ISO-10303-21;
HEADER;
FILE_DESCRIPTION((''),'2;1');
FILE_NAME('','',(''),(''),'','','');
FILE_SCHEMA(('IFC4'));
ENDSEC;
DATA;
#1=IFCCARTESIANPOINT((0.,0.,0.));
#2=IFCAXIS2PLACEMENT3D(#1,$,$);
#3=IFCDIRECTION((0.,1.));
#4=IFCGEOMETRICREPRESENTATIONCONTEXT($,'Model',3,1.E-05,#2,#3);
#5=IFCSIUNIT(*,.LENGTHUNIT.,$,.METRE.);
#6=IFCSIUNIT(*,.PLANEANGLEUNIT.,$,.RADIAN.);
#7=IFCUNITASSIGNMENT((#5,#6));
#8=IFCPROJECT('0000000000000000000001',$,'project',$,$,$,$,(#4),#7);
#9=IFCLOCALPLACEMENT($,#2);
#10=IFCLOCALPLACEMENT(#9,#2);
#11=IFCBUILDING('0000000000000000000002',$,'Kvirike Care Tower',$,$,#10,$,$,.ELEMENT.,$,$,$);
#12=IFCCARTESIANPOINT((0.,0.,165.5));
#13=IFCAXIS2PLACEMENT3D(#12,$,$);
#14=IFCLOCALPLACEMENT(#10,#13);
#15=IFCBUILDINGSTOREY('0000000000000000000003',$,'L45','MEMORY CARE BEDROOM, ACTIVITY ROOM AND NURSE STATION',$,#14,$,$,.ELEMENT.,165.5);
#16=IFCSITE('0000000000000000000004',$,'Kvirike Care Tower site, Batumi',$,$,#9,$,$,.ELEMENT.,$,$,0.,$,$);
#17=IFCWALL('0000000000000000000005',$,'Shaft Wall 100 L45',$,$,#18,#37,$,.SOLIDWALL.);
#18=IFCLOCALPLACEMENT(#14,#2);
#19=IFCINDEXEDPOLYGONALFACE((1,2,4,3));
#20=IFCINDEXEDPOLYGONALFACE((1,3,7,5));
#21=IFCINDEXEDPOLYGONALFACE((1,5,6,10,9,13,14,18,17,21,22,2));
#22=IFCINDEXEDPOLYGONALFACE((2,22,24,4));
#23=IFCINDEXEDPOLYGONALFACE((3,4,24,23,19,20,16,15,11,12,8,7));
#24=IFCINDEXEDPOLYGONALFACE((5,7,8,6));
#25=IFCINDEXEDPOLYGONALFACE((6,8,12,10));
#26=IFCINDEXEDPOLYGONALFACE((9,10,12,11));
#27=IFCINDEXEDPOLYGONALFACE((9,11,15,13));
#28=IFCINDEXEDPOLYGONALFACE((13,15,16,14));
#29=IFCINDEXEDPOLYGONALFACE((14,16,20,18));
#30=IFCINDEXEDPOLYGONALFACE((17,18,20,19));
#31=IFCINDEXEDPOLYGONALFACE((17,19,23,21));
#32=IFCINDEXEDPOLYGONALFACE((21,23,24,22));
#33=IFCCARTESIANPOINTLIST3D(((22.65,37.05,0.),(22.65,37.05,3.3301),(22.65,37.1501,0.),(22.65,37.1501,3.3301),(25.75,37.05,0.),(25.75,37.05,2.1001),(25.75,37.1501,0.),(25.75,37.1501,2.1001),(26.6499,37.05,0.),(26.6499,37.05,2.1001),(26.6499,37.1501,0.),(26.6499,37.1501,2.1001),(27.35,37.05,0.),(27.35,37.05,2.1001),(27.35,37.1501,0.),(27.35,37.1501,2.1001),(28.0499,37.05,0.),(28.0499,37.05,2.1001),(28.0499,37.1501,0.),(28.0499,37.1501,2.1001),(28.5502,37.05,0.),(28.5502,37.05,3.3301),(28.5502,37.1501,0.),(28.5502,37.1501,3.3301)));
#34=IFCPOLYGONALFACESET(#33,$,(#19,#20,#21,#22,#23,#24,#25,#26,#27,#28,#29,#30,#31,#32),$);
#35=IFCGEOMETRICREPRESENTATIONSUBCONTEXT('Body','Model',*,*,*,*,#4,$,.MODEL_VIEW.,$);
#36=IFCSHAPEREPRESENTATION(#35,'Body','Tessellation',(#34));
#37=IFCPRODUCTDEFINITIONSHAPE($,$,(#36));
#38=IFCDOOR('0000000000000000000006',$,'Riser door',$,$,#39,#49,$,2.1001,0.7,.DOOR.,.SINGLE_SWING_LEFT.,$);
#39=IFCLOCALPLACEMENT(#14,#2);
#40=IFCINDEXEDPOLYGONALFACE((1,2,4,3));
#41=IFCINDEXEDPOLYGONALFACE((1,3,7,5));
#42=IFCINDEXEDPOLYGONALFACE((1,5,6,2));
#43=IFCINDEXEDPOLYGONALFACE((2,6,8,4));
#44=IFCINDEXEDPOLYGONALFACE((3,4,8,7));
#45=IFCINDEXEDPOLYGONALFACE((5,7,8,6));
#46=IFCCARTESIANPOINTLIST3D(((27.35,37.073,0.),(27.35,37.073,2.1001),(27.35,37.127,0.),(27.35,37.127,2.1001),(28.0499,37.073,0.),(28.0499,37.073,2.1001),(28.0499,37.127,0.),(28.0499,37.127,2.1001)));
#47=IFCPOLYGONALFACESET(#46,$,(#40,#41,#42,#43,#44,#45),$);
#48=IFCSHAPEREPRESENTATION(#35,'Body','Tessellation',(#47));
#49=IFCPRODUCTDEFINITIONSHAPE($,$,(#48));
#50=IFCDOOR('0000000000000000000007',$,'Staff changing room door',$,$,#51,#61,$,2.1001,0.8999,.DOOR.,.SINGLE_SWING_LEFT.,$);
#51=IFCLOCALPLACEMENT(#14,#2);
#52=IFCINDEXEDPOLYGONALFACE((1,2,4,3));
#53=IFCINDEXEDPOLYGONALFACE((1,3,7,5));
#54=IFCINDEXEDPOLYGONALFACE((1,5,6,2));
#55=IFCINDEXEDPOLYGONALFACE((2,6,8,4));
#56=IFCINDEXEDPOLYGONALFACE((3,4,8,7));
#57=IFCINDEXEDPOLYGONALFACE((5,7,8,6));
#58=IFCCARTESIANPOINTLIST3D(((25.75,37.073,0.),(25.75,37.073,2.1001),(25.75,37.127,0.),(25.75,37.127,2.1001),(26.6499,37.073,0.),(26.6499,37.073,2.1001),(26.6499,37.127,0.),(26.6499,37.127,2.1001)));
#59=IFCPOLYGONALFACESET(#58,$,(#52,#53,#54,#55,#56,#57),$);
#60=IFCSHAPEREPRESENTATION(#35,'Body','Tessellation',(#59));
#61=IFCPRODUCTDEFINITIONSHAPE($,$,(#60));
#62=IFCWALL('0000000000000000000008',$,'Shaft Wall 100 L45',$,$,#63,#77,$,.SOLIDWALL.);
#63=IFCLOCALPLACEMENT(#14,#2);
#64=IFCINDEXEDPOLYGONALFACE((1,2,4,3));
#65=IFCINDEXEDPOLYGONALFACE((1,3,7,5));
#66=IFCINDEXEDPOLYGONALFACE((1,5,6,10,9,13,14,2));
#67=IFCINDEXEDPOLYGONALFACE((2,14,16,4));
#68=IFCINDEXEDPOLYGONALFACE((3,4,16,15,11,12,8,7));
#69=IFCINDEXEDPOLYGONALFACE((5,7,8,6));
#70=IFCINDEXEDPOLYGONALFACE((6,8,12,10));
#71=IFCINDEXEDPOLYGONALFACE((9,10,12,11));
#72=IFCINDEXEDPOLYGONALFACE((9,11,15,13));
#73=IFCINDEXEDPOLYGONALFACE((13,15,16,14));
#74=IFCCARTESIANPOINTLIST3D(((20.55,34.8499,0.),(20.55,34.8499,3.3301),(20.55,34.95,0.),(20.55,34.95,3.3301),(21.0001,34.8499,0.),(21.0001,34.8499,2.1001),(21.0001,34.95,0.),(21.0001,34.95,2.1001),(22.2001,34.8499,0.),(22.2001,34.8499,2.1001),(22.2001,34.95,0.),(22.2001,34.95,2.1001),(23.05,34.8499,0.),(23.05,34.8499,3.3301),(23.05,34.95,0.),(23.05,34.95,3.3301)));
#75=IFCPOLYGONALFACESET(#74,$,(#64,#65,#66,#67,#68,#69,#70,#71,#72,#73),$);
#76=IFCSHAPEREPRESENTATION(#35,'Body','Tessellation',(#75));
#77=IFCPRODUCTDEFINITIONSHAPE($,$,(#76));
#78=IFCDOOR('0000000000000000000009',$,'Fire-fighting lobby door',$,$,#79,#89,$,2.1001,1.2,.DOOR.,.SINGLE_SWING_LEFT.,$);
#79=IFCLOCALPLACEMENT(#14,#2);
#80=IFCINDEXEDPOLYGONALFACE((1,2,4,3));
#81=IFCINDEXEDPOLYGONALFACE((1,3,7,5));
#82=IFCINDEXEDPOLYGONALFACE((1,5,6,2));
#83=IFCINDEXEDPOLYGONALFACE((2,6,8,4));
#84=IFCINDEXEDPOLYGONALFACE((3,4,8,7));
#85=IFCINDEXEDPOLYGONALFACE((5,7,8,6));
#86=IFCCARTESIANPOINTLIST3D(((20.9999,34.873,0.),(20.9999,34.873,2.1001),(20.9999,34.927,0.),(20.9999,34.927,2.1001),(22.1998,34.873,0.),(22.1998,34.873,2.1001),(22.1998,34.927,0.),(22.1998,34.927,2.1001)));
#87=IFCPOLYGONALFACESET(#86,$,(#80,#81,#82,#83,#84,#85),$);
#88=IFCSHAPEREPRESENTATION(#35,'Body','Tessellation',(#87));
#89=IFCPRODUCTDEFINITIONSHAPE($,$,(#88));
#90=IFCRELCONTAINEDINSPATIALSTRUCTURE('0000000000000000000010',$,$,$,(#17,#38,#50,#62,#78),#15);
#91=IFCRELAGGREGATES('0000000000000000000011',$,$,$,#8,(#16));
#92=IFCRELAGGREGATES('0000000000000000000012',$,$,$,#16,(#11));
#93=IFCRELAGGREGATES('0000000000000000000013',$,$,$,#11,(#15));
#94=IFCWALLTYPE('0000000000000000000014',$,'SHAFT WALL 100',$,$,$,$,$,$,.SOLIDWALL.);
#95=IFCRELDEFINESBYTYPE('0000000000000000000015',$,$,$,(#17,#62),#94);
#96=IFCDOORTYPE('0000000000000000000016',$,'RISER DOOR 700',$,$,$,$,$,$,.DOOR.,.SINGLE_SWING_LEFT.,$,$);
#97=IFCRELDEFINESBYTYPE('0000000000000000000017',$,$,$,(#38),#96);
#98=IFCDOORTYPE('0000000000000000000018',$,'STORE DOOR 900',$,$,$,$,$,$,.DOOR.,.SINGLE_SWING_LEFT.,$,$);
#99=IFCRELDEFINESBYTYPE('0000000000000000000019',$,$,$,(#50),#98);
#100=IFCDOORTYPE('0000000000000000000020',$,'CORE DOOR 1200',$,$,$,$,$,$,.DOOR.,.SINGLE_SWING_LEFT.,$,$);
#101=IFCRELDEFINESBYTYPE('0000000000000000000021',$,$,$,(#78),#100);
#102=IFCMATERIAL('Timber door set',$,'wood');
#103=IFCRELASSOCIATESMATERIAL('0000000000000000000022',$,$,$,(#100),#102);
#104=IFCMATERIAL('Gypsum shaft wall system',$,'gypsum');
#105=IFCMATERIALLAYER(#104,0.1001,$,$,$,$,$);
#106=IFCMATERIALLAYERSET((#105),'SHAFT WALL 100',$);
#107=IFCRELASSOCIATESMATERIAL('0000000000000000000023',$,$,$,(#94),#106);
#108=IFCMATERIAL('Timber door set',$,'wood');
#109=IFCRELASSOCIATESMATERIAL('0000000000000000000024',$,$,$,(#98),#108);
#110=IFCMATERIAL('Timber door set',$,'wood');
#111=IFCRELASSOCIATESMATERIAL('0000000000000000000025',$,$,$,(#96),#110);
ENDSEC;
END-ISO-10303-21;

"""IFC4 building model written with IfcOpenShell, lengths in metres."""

from ifc_helpers import new_model, si_unit, direction, frame, frame_2d, origin, place, context, subcontext, project, spatial, rectangle, extrude, material, layer, layer_set, type_object, element, fill, save


model = new_model("IFC4")

# Units and contexts
model_context = context("Model", 3, precision=1e-05, world=origin(), true_north=direction((0.0, 1.0)))
body_context = subcontext(model_context, "Body", "Model", "MODEL_VIEW")
ifc_project = project(units=[si_unit("LENGTHUNIT", "METRE"), si_unit("PLANEANGLEUNIT", "RADIAN")], contexts=[model_context])

# Site, building, storey
site_placement = place(None, origin())
site = spatial("IfcSite", under=ifc_project, at=site_placement, Name="Kvirike Care Tower site, Batumi", CompositionType="ELEMENT", RefElevation=0.0)
building_placement = place(site_placement, origin())
building = spatial("IfcBuilding", under=site, at=building_placement, Name="Kvirike Care Tower", CompositionType="ELEMENT")
storey_placement = place(building_placement, frame((0.0, 0.0, 165.5)))
storey = spatial("IfcBuildingStorey", under=building, at=storey_placement, Name="L45", Description="MEMORY CARE BEDROOM, ACTIVITY ROOM AND NURSE STATION", CompositionType="ELEMENT", Elevation=165.5)

# Shared definitions
ifc_material_1 = material(Name="Timber door set", Category="wood")
door_type_1 = type_object("IfcDoorType", Name="CORE DOOR 1200", OperationType="SINGLE_SWING_LEFT", PredefinedType="DOOR", material=ifc_material_1)

# Shared definitions
ifc_material_2 = material(Name="Gypsum shaft wall system", Category="gypsum")
ifc_layer_1 = layer(ifc_material_2, 0.1001)
ifc_layer_set_1 = layer_set([ifc_layer_1], Name="SHAFT WALL 100")
wall_type_1 = type_object("IfcWallType", Name="SHAFT WALL 100", PredefinedType="SOLIDWALL", material=ifc_layer_set_1)

# Shared definitions
ifc_material_3 = material(Name="Timber door set", Category="wood")
door_type_2 = type_object("IfcDoorType", Name="STORE DOOR 900", OperationType="SINGLE_SWING_LEFT", PredefinedType="DOOR", material=ifc_material_3)

# Wall, openings, doors
wall_1_placement = place(storey_placement, frame((22.6499, 37.1001, 0.0), z_axis=(0.0, 0.0, 1.0), x_axis=(1.0, 0.0, 0.0)))
wall_1 = element("IfcWall", 1, at=wall_1_placement, inside=storey, type_object=wall_type_1, Name="Shaft Wall 100 L45", PredefinedType="SOLIDWALL", context=body_context, shape_type="SweptSolid", body=[
    extrude(rectangle(XDim=5.9001, YDim=0.1001, at=frame_2d((2.9502, 0.0))), origin(), (0.0, 0.0, 1.0), 3.3301),
])
opening_1_placement = place(wall_1_placement, frame((3.1001, 0.0, 0.0)))
opening_1 = element("IfcOpeningElement", 2, at=opening_1_placement, cuts=wall_1, PredefinedType="OPENING", context=body_context, shape_type="SweptSolid", body=[
    extrude(rectangle(XDim=0.8999, YDim=2.1001, at=frame_2d((0.45, 1.05))), frame((0.0, 0.0605, 0.0), z_axis=(0.0, -1.0, 0.0), x_axis=(1.0, 0.0, 0.0)), (0.0, 0.0, 1.0), 0.1211),
])
opening_2_placement = place(wall_1_placement, frame((4.7, 0.0, 0.0)))
opening_2 = element("IfcOpeningElement", 3, at=opening_2_placement, cuts=wall_1, PredefinedType="OPENING", context=body_context, shape_type="SweptSolid", body=[
    extrude(rectangle(XDim=0.7, YDim=2.1001, at=frame_2d((0.3501, 1.05))), frame((0.0, 0.0605, 0.0), z_axis=(0.0, -1.0, 0.0), x_axis=(1.0, 0.0, 0.0)), (0.0, 0.0, 1.0), 0.1211),
])
ifc_material_4 = material(Name="Timber door set", Category="wood")
door_type_3 = type_object("IfcDoorType", Name="RISER DOOR 700", OperationType="SINGLE_SWING_LEFT", PredefinedType="DOOR", material=ifc_material_4)
door_1_placement = place(opening_2_placement, origin())
door_1 = element("IfcDoor", 4, at=door_1_placement, inside=storey, type_object=door_type_3, Name="Riser door", OperationType="SINGLE_SWING_LEFT", OverallHeight=2.1001, OverallWidth=0.7, PredefinedType="DOOR", context=body_context, shape_type="SweptSolid", body=[
    extrude(rectangle(XDim=0.7, YDim=2.1001, at=frame_2d((0.3501, 1.05))), frame((0.0, 0.0269, 0.0), z_axis=(0.0, -1.0, 0.0), x_axis=(1.0, 0.0, 0.0)), (0.0, 0.0, 1.0), 0.054),
])
fill(opening_2, door_1)
door_2_placement = place(opening_1_placement, origin())
door_2 = element("IfcDoor", 5, at=door_2_placement, inside=storey, type_object=door_type_2, Name="Staff changing room door", OperationType="SINGLE_SWING_LEFT", OverallHeight=2.1001, OverallWidth=0.8999, PredefinedType="DOOR", context=body_context, shape_type="SweptSolid", body=[
    extrude(rectangle(XDim=0.8999, YDim=2.1001, at=frame_2d((0.45, 1.05))), frame((0.0, 0.0269, 0.0), z_axis=(0.0, -1.0, 0.0), x_axis=(1.0, 0.0, 0.0)), (0.0, 0.0, 1.0), 0.054),
])
fill(opening_1, door_2)

# Wall, opening, door
wall_2_placement = place(storey_placement, frame((20.55, 34.8999, 0.0), z_axis=(0.0, 0.0, 1.0), x_axis=(1.0, 0.0, 0.0)))
wall_2 = element("IfcWall", 6, at=wall_2_placement, inside=storey, type_object=wall_type_1, Name="Shaft Wall 100 L45", PredefinedType="SOLIDWALL", context=body_context, shape_type="SweptSolid", body=[
    extrude(rectangle(XDim=2.5, YDim=0.1001, at=frame_2d((1.25, 0.0))), origin(), (0.0, 0.0, 1.0), 3.3301),
])
opening_3_placement = place(wall_2_placement, frame((0.45, 0.0, 0.0)))
opening_3 = element("IfcOpeningElement", 7, at=opening_3_placement, cuts=wall_2, PredefinedType="OPENING", context=body_context, shape_type="SweptSolid", body=[
    extrude(rectangle(XDim=1.2, YDim=2.1001, at=frame_2d((0.6001, 1.05))), frame((0.0, 0.0605, 0.0), z_axis=(0.0, -1.0, 0.0), x_axis=(1.0, 0.0, 0.0)), (0.0, 0.0, 1.0), 0.1211),
])
door_3_placement = place(opening_3_placement, frame((1.2, 0.0, 0.0), z_axis=(0.0, 0.0, 1.0), x_axis=(-1.0, 0.0, 0.0)))
door_3 = element("IfcDoor", 8, at=door_3_placement, inside=storey, type_object=door_type_1, Name="Fire-fighting lobby door", OperationType="SINGLE_SWING_LEFT", OverallHeight=2.1001, OverallWidth=1.2, PredefinedType="DOOR", context=body_context, shape_type="SweptSolid", body=[
    extrude(rectangle(XDim=1.2, YDim=2.1001, at=frame_2d((0.6001, 1.05))), frame((0.0, 0.0269, 0.0), z_axis=(0.0, -1.0, 0.0), x_axis=(1.0, 0.0, 0.0)), (0.0, 0.0, 1.0), 0.054),
])
fill(opening_3, door_3)

save(model, "model.ifc")
